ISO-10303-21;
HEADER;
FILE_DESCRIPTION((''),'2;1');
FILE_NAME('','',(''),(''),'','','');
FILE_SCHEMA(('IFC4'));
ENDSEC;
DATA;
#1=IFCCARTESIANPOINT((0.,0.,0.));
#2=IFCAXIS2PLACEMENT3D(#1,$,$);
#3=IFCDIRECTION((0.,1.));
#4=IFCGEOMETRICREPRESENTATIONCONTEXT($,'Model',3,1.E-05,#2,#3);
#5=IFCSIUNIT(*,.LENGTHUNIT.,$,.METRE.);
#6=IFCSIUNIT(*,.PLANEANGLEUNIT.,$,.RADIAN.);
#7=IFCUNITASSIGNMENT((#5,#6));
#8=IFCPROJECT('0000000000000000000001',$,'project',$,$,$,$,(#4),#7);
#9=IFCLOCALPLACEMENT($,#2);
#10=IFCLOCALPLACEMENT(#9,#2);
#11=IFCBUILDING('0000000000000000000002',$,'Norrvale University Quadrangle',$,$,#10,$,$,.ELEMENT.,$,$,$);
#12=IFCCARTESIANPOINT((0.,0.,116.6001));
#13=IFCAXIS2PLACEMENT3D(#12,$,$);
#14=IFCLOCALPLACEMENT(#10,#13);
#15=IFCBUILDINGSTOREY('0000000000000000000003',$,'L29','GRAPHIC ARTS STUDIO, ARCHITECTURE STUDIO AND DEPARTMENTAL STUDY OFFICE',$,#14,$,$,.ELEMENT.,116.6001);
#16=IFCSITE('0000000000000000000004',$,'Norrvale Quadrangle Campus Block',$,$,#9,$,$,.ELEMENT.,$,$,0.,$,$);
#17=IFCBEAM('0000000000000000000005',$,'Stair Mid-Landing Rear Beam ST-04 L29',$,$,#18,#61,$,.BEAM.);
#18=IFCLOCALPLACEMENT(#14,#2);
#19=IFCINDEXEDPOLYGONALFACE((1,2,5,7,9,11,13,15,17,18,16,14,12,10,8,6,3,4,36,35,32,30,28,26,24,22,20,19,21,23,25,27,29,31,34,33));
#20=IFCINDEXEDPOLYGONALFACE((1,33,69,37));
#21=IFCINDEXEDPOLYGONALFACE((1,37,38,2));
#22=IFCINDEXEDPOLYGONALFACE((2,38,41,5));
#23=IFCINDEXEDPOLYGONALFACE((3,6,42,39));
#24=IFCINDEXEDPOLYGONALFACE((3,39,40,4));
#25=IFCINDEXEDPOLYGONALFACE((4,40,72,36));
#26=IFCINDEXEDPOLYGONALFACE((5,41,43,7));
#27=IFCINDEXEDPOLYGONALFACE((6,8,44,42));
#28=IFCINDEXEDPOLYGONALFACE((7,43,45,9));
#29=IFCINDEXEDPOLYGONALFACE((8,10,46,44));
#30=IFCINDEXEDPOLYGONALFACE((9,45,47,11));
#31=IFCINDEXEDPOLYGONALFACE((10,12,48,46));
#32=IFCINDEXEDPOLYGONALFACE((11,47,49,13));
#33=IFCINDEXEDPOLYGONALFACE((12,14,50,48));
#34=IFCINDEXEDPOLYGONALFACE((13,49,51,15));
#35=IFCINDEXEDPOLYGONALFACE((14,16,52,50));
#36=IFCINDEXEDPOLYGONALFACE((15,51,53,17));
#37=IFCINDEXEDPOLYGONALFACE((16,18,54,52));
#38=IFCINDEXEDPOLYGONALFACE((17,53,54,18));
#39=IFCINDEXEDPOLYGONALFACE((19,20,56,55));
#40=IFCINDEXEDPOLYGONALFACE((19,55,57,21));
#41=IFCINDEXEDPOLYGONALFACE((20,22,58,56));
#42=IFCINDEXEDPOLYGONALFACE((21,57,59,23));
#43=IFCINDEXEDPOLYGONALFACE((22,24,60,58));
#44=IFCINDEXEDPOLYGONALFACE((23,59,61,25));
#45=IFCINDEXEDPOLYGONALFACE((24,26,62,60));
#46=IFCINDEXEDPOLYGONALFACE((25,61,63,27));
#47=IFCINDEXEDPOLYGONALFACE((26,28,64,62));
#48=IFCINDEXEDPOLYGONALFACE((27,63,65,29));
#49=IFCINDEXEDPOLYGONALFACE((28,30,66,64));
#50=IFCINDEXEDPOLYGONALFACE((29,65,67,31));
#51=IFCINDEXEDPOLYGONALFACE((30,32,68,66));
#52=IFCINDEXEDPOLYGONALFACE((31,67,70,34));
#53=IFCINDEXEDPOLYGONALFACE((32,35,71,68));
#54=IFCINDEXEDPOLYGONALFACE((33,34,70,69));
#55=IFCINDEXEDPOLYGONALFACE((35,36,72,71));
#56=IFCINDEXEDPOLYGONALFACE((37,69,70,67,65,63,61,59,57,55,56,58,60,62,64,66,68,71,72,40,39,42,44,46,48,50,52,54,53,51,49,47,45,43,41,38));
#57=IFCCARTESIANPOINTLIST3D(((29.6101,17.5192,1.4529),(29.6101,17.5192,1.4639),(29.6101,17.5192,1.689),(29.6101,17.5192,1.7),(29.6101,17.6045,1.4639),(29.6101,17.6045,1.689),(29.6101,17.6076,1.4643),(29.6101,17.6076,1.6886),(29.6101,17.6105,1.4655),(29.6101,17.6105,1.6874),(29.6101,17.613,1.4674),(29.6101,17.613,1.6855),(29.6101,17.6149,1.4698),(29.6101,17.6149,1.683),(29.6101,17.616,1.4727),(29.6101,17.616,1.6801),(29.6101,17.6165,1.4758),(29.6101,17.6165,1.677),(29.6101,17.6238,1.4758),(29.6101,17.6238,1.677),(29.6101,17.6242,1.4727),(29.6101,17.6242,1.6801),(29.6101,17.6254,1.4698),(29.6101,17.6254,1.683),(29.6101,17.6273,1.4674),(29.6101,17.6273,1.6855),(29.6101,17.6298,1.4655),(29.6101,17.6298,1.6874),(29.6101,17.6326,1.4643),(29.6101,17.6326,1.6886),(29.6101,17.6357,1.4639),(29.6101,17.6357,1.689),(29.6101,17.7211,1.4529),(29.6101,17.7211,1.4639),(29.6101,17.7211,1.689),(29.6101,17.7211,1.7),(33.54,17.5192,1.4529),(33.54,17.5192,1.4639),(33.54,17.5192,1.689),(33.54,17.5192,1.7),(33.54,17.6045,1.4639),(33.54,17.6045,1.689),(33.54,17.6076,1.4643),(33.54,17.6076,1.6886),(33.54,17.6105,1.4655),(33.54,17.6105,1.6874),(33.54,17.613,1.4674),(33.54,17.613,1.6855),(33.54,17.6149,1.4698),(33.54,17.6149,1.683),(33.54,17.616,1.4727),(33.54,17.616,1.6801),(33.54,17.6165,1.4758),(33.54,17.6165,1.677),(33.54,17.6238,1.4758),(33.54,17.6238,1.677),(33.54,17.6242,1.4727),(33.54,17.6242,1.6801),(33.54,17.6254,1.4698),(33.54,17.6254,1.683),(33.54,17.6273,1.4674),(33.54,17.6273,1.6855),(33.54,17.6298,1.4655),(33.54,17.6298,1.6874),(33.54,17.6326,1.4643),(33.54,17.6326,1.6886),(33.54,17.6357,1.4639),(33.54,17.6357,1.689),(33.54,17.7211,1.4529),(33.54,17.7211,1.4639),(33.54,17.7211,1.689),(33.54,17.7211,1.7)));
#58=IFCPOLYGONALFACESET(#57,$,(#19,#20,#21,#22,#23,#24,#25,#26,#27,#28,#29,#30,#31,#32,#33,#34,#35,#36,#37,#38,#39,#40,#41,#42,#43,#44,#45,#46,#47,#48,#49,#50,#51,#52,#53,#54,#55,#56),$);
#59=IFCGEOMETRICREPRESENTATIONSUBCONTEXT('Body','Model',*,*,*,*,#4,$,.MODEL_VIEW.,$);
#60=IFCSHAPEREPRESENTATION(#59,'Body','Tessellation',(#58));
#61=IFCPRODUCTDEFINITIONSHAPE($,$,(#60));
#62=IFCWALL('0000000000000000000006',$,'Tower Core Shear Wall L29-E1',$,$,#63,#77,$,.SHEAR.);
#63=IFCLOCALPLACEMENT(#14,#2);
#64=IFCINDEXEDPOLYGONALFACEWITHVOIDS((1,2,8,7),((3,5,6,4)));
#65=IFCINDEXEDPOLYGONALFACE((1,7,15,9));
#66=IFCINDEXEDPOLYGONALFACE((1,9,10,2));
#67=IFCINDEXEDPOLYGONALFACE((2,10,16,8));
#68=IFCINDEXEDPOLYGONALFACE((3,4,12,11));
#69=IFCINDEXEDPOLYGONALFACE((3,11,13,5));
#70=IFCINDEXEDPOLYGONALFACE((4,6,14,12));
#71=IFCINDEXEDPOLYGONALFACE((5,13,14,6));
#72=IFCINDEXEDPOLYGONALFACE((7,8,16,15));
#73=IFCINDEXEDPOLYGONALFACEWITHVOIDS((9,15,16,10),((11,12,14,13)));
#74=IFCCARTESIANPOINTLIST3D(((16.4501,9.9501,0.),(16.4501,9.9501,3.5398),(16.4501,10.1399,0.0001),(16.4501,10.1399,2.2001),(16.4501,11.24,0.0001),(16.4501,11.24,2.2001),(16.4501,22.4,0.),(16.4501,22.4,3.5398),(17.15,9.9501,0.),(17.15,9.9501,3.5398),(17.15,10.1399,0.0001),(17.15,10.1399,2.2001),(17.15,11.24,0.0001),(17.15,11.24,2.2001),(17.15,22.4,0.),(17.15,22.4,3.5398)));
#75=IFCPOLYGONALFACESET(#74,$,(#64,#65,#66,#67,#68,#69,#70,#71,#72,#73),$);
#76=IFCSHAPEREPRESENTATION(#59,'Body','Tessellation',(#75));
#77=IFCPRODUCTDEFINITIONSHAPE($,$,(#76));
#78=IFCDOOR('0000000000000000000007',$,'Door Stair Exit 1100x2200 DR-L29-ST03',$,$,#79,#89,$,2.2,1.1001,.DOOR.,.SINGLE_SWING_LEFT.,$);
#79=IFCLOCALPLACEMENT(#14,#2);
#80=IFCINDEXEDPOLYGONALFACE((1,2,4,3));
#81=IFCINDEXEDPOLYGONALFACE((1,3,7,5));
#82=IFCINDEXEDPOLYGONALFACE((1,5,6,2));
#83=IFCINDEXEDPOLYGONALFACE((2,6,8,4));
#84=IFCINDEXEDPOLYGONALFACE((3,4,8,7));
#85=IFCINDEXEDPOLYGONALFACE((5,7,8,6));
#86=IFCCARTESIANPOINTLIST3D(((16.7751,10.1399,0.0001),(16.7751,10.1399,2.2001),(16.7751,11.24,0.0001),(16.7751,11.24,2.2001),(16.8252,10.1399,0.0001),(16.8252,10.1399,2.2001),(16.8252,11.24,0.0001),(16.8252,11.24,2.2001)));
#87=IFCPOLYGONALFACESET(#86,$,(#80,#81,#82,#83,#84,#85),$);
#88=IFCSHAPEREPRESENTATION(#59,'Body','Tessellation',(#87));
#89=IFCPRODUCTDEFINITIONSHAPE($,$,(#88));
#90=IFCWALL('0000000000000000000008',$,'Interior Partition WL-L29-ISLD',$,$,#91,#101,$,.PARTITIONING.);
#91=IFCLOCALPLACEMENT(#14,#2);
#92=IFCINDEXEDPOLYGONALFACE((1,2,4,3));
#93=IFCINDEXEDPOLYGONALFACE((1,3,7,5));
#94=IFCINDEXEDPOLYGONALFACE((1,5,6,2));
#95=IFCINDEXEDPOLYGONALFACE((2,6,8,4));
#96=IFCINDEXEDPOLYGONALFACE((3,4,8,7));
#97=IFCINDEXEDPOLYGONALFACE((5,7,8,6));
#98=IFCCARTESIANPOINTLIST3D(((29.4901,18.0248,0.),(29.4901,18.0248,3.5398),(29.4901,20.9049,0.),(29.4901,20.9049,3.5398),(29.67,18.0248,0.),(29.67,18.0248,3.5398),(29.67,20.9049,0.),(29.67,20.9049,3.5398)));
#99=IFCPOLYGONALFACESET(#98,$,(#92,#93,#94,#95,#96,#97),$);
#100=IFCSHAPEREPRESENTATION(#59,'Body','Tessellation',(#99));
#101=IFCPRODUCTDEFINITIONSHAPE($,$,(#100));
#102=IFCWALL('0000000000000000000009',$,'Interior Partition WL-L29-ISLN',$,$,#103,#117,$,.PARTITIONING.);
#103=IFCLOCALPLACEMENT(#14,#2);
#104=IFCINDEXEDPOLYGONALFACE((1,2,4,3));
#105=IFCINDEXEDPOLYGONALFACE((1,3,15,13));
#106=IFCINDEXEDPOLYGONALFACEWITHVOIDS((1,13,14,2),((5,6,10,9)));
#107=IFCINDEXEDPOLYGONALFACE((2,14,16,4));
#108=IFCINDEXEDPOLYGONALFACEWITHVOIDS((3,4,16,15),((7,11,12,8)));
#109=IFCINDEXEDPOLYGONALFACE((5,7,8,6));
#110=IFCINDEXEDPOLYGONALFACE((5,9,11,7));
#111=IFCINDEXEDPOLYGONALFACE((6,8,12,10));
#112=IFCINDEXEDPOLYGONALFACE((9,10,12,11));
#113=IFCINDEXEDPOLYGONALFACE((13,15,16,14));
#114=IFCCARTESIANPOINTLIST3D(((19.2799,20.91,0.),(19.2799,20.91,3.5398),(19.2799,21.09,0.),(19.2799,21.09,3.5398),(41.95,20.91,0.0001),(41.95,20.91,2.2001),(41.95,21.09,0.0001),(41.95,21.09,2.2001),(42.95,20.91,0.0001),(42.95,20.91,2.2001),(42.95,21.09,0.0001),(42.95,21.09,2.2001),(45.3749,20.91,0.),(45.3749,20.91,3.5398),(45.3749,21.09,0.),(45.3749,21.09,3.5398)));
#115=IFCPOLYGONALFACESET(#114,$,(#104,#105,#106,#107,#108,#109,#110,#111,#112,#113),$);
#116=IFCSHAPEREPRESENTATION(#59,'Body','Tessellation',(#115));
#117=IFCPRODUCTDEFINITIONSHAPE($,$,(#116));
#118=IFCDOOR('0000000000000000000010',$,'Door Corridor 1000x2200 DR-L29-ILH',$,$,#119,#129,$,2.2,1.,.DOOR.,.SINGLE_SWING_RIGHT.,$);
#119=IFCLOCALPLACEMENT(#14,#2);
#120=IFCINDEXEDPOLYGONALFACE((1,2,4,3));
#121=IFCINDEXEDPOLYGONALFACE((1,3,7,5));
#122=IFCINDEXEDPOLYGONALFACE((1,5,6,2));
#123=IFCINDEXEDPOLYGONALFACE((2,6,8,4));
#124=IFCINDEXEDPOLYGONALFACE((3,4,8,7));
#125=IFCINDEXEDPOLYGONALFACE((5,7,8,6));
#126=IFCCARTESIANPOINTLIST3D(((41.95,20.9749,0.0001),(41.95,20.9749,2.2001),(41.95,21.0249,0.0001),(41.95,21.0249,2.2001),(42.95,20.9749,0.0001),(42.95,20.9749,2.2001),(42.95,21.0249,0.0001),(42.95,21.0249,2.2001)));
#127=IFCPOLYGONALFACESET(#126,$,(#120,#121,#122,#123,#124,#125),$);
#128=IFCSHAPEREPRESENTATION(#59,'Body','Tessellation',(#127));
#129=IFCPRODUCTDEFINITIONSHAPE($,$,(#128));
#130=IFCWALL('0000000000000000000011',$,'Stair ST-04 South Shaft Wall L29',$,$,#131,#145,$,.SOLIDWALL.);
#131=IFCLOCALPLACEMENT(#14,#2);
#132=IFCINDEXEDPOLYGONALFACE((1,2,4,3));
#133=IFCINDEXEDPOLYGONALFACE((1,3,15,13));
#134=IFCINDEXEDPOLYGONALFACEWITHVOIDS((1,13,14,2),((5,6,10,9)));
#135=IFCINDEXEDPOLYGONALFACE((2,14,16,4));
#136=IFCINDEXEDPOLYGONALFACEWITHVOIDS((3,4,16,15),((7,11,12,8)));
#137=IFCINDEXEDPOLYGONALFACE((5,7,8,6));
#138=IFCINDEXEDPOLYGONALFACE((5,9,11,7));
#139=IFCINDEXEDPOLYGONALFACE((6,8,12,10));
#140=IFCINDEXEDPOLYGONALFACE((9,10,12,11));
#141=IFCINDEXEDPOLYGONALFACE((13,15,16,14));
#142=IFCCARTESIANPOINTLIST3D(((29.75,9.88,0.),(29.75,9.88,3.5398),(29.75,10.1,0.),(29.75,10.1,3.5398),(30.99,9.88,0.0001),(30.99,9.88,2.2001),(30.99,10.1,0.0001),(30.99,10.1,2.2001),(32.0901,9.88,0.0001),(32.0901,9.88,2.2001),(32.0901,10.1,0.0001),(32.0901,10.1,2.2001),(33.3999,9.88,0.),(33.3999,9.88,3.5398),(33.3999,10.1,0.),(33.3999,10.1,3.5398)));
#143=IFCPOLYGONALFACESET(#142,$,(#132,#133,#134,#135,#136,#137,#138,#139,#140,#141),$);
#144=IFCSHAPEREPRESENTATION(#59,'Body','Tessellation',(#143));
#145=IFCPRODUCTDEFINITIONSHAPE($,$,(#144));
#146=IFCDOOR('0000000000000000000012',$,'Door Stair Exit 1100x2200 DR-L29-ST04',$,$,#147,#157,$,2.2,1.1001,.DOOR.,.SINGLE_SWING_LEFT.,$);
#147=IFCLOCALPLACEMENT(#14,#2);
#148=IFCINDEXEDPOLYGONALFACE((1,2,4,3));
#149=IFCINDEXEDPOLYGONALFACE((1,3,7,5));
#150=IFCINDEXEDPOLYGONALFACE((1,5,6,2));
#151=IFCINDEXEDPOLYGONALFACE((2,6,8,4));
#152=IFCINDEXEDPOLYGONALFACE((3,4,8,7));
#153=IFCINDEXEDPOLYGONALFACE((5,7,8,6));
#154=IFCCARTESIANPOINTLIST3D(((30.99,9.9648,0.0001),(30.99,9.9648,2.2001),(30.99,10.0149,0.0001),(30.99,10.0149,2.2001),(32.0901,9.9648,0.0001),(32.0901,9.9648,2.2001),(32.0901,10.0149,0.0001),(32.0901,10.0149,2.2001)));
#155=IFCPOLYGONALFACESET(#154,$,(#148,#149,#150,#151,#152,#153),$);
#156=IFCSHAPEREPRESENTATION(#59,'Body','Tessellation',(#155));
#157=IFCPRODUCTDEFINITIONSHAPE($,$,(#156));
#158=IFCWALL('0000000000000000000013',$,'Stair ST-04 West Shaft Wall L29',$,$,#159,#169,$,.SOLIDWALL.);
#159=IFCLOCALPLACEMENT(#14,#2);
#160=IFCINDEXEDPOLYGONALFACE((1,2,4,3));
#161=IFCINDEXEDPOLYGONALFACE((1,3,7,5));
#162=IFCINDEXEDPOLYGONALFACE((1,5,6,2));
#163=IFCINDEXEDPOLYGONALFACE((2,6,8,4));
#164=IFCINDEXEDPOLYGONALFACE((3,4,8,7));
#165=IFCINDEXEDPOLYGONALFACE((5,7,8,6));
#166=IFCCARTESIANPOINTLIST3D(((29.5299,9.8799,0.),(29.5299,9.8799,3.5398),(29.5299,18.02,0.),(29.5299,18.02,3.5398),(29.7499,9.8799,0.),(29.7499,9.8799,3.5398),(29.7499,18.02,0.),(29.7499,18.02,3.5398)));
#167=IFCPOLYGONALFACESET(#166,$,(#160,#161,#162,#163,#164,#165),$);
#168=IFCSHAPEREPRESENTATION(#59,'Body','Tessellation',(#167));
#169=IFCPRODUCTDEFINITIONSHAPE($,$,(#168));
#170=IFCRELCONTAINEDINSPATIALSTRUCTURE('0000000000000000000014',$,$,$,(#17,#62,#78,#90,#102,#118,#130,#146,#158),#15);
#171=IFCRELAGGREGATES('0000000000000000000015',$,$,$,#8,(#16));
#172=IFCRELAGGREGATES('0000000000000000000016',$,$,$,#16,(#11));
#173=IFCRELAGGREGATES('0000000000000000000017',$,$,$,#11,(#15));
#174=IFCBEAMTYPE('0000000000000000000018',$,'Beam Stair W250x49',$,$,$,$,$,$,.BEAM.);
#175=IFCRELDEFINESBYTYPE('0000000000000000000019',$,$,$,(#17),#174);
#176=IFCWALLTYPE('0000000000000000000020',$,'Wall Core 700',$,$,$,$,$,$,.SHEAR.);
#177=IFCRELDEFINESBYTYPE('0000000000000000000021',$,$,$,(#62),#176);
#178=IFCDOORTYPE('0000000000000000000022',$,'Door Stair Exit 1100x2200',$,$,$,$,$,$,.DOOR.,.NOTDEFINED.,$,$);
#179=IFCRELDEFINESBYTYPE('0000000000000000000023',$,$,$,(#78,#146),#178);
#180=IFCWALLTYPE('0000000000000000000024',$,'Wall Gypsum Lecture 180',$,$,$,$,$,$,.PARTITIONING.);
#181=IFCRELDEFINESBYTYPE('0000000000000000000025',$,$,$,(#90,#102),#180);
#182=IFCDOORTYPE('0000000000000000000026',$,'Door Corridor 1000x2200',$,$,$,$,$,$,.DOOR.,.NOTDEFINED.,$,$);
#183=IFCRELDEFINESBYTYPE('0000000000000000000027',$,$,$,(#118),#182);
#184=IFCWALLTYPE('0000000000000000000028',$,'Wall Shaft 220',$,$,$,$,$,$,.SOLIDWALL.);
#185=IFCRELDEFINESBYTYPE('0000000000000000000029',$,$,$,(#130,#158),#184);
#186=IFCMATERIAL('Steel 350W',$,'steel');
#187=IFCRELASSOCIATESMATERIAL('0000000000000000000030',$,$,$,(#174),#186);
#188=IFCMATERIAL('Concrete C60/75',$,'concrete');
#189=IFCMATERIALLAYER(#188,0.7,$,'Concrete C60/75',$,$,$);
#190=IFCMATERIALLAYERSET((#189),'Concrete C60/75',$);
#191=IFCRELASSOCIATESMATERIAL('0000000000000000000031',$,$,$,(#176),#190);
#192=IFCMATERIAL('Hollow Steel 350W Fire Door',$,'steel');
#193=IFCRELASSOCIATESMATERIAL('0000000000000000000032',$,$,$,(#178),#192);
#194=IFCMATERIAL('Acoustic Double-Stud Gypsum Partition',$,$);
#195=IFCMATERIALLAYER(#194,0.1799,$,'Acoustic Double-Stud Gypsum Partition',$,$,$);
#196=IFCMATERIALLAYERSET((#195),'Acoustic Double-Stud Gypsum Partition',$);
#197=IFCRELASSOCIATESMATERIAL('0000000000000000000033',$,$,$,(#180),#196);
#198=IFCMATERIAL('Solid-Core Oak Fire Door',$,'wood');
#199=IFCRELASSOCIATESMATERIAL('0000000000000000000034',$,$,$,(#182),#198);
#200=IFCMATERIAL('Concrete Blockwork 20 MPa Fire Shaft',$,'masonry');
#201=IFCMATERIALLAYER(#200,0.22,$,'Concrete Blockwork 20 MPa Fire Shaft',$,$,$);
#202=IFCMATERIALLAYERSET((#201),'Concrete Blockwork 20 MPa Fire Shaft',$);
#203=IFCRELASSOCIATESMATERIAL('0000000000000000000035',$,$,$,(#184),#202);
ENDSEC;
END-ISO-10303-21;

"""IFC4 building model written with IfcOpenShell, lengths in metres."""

from ifc_helpers import new_model, si_unit, direction, frame, frame_2d, origin, origin_2d, place, context, subcontext, project, spatial, rectangle, i_section, extrude, material, layer, layer_set, material_profile, profile_set, type_object, element, fill, save


model = new_model("IFC4")

# Units and contexts
model_context = context("Model", 3, precision=1e-05, world=origin(), true_north=direction((0.0, 1.0)))
body_context = subcontext(model_context, "Body", "Model", "MODEL_VIEW")
ifc_project = project(units=[si_unit("LENGTHUNIT", "METRE"), si_unit("PLANEANGLEUNIT", "RADIAN")], contexts=[model_context])

# Site, building, storey
site_placement = place(None, origin())
site = spatial("IfcSite", under=ifc_project, at=site_placement, Name="Norrvale Quadrangle Campus Block", CompositionType="ELEMENT", RefElevation=0.0)
building_placement = place(site_placement, origin())
building = spatial("IfcBuilding", under=site, at=building_placement, Name="Norrvale University Quadrangle", CompositionType="ELEMENT")
storey_placement = place(building_placement, frame((0.0, 0.0, 116.6001)))
storey = spatial("IfcBuildingStorey", under=building, at=storey_placement, Name="L29", Description="GRAPHIC ARTS STUDIO, ARCHITECTURE STUDIO AND DEPARTMENTAL STUDY OFFICE", CompositionType="ELEMENT", Elevation=116.6001)

# Shared definitions
ifc_material_1 = material(Name="Concrete C60/75", Category="concrete")

# Beam
ifc_material_2 = material(Name="Steel 350W", Category="steel")
ifc_material_profile_1 = material_profile(ifc_material_2, i_section(OverallWidth=0.2019, OverallDepth=0.2471, WebThickness=0.0073, FlangeThickness=0.011, FilletRadius=0.012, at=origin_2d()), Name="Steel 350W")
ifc_profile_set_1 = profile_set([ifc_material_profile_1], Name="Steel 350W")
beam_type_1 = type_object("IfcBeamType", Name="Beam Stair W250x49", PredefinedType="BEAM", material=ifc_profile_set_1)
for number, where, z_axis, x_axis, name in (
    (1, (29.6101, 17.6201, 1.5764), (1.0, 0.0, 0.0), (0.0, 1.0, 0.0), "Stair Mid-Landing Rear Beam ST-04 L29"),
):
    element("IfcBeam", number, at=place(storey_placement, frame(where, z_axis=z_axis, x_axis=x_axis)), inside=storey, type_object=beam_type_1, Name=name, PredefinedType="BEAM", context=body_context, shape_type="SweptSolid", body=[
        extrude(i_section(OverallWidth=0.2019, OverallDepth=0.2471, WebThickness=0.0073, FlangeThickness=0.011, FilletRadius=0.012, at=origin_2d()), origin(), (0.0, 0.0, 1.0), 3.9299),
    ])

# Wall, opening, door
ifc_layer_1 = layer(ifc_material_1, 0.7, Name="Concrete C60/75")
ifc_layer_set_1 = layer_set([ifc_layer_1], Name="Concrete C60/75")
wall_type_1 = type_object("IfcWallType", Name="Wall Core 700", PredefinedType="SHEAR", material=ifc_layer_set_1)
wall_1_placement = place(storey_placement, frame((16.8, 9.95, 0.0), z_axis=(0.0, 0.0, 1.0), x_axis=(0.0, 1.0, 0.0)))
wall_1 = element("IfcWall", 2, at=wall_1_placement, inside=storey, type_object=wall_type_1, Name="Tower Core Shear Wall L29-E1", PredefinedType="SHEAR", context=body_context, shape_type="SweptSolid", body=[
    extrude(rectangle(XDim=12.45, YDim=0.7, at=frame_2d((6.2251, 0.0))), origin(), (0.0, 0.0, 1.0), 3.5398),
])
opening_1_placement = place(wall_1_placement, frame((0.1899, 0.0, 0.0)))
opening_1 = element("IfcOpeningElement", 3, at=opening_1_placement, cuts=wall_1, PredefinedType="OPENING", context=body_context, shape_type="SweptSolid", body=[
    extrude(rectangle(XDim=1.1001, YDim=2.2, at=frame_2d((0.55, 1.1001))), frame((0.0, 0.3621, 0.0), z_axis=(0.0, -1.0, 0.0), x_axis=(1.0, 0.0, 0.0)), (0.0, 0.0, 1.0), 0.7239),
])
ifc_material_3 = material(Name="Hollow Steel 350W Fire Door", Category="steel")
door_type_1 = type_object("IfcDoorType", Name="Door Stair Exit 1100x2200", OperationType="NOTDEFINED", PredefinedType="DOOR", material=ifc_material_3)
door_1_placement = place(opening_1_placement, origin())
door_1 = element("IfcDoor", 4, at=door_1_placement, inside=storey, type_object=door_type_1, Name="Door Stair Exit 1100x2200 DR-L29-ST03", OperationType="SINGLE_SWING_LEFT", OverallHeight=2.2, OverallWidth=1.1001, PredefinedType="DOOR", context=body_context, shape_type="SweptSolid", body=[
    extrude(rectangle(XDim=1.1001, YDim=2.2, at=frame_2d((0.55, 1.1001))), frame((0.0, 0.0249, 0.0), z_axis=(0.0, -1.0, 0.0), x_axis=(1.0, 0.0, 0.0)), (0.0, 0.0, 1.0), 0.05),
])
fill(opening_1, door_1)

# Wall
ifc_material_4 = material(Name="Acoustic Double-Stud Gypsum Partition")
ifc_layer_2 = layer(ifc_material_4, 0.1799, Name="Acoustic Double-Stud Gypsum Partition")
ifc_layer_set_2 = layer_set([ifc_layer_2], Name="Acoustic Double-Stud Gypsum Partition")
wall_type_2 = type_object("IfcWallType", Name="Wall Gypsum Lecture 180", PredefinedType="PARTITIONING", material=ifc_layer_set_2)
wall_2_placement = place(storey_placement, frame((29.5801, 18.0249, 0.0), z_axis=(0.0, 0.0, 1.0), x_axis=(0.0, 1.0, 0.0)))
element("IfcWall", 5, at=wall_2_placement, inside=storey, type_object=wall_type_2, Name="Interior Partition WL-L29-ISLD", PredefinedType="PARTITIONING", context=body_context, shape_type="SweptSolid", body=[
    extrude(rectangle(XDim=2.8801, YDim=0.1799, at=frame_2d((1.4399, 0.0))), origin(), (0.0, 0.0, 1.0), 3.5398),
])

# Walls, openings, doors
wall_3_placement = place(storey_placement, frame((19.28, 21.0, 0.0), z_axis=(0.0, 0.0, 1.0), x_axis=(1.0, 0.0, 0.0)))
wall_3 = element("IfcWall", 6, at=wall_3_placement, inside=storey, type_object=wall_type_2, Name="Interior Partition WL-L29-ISLN", PredefinedType="PARTITIONING", context=body_context, shape_type="SweptSolid", body=[
    extrude(rectangle(XDim=26.095, YDim=0.1799, at=frame_2d((13.0474, 0.0))), origin(), (0.0, 0.0, 1.0), 3.5398),
])
opening_2_placement = place(wall_3_placement, frame((22.6699, 0.0, 0.0)))
opening_2 = element("IfcOpeningElement", 7, at=opening_2_placement, cuts=wall_3, PredefinedType="OPENING", context=body_context, shape_type="SweptSolid", body=[
    extrude(rectangle(XDim=1.0, YDim=2.2, at=frame_2d((0.5, 1.1001))), frame((0.0, 0.1021, 0.0), z_axis=(0.0, -1.0, 0.0), x_axis=(1.0, 0.0, 0.0)), (0.0, 0.0, 1.0), 0.2039),
])
ifc_material_5 = material(Name="Solid-Core Oak Fire Door", Category="wood")
door_type_2 = type_object("IfcDoorType", Name="Door Corridor 1000x2200", OperationType="NOTDEFINED", PredefinedType="DOOR", material=ifc_material_5)
door_2_placement = place(opening_2_placement, origin())
door_2 = element("IfcDoor", 8, at=door_2_placement, inside=storey, type_object=door_type_2, Name="Door Corridor 1000x2200 DR-L29-ILH", OperationType="SINGLE_SWING_RIGHT", OverallHeight=2.2, OverallWidth=1.0, PredefinedType="DOOR", context=body_context, shape_type="SweptSolid", body=[
    extrude(rectangle(XDim=1.0, YDim=2.2, at=frame_2d((0.5, 1.1001))), frame((0.0, 0.0249, 0.0), z_axis=(0.0, -1.0, 0.0), x_axis=(1.0, 0.0, 0.0)), (0.0, 0.0, 1.0), 0.05),
])
fill(opening_2, door_2)
ifc_material_6 = material(Name="Concrete Blockwork 20 MPa Fire Shaft", Category="masonry")
ifc_layer_3 = layer(ifc_material_6, 0.22, Name="Concrete Blockwork 20 MPa Fire Shaft")
ifc_layer_set_3 = layer_set([ifc_layer_3], Name="Concrete Blockwork 20 MPa Fire Shaft")
wall_type_3 = type_object("IfcWallType", Name="Wall Shaft 220", PredefinedType="SOLIDWALL", material=ifc_layer_set_3)
wall_4_placement = place(storey_placement, frame((29.75, 9.99, 0.0), z_axis=(0.0, 0.0, 1.0), x_axis=(1.0, 0.0, 0.0)))
wall_4 = element("IfcWall", 9, at=wall_4_placement, inside=storey, type_object=wall_type_3, Name="Stair ST-04 South Shaft Wall L29", PredefinedType="SOLIDWALL", context=body_context, shape_type="SweptSolid", body=[
    extrude(rectangle(XDim=3.6499, YDim=0.22, at=frame_2d((1.825, 0.0))), origin(), (0.0, 0.0, 1.0), 3.5398),
])
opening_3_placement = place(wall_4_placement, frame((1.24, 0.0, 0.0)))
opening_3 = element("IfcOpeningElement", 10, at=opening_3_placement, cuts=wall_4, PredefinedType="OPENING", context=body_context, shape_type="SweptSolid", body=[
    extrude(rectangle(XDim=1.1001, YDim=2.2, at=frame_2d((0.55, 1.1001))), frame((0.0, 0.1221, 0.0), z_axis=(0.0, -1.0, 0.0), x_axis=(1.0, 0.0, 0.0)), (0.0, 0.0, 1.0), 0.2439),
])
door_3_placement = place(opening_3_placement, origin())
door_3 = element("IfcDoor", 11, at=door_3_placement, inside=storey, type_object=door_type_1, Name="Door Stair Exit 1100x2200 DR-L29-ST04", OperationType="SINGLE_SWING_LEFT", OverallHeight=2.2, OverallWidth=1.1001, PredefinedType="DOOR", context=body_context, shape_type="SweptSolid", body=[
    extrude(rectangle(XDim=1.1001, YDim=2.2, at=frame_2d((0.55, 1.1001))), frame((0.0, 0.0249, 0.0), z_axis=(0.0, -1.0, 0.0), x_axis=(1.0, 0.0, 0.0)), (0.0, 0.0, 1.0), 0.05),
])
fill(opening_3, door_3)

# Wall
wall_5_placement = place(storey_placement, frame((29.6399, 9.8799, 0.0), z_axis=(0.0, 0.0, 1.0), x_axis=(0.0, 1.0, 0.0)))
element("IfcWall", 12, at=wall_5_placement, inside=storey, type_object=wall_type_3, Name="Stair ST-04 West Shaft Wall L29", PredefinedType="SOLIDWALL", context=body_context, shape_type="SweptSolid", body=[
    extrude(rectangle(XDim=8.1401, YDim=0.22, at=frame_2d((4.0701, 0.0))), origin(), (0.0, 0.0, 1.0), 3.5398),
])

save(model, "model.ifc")
